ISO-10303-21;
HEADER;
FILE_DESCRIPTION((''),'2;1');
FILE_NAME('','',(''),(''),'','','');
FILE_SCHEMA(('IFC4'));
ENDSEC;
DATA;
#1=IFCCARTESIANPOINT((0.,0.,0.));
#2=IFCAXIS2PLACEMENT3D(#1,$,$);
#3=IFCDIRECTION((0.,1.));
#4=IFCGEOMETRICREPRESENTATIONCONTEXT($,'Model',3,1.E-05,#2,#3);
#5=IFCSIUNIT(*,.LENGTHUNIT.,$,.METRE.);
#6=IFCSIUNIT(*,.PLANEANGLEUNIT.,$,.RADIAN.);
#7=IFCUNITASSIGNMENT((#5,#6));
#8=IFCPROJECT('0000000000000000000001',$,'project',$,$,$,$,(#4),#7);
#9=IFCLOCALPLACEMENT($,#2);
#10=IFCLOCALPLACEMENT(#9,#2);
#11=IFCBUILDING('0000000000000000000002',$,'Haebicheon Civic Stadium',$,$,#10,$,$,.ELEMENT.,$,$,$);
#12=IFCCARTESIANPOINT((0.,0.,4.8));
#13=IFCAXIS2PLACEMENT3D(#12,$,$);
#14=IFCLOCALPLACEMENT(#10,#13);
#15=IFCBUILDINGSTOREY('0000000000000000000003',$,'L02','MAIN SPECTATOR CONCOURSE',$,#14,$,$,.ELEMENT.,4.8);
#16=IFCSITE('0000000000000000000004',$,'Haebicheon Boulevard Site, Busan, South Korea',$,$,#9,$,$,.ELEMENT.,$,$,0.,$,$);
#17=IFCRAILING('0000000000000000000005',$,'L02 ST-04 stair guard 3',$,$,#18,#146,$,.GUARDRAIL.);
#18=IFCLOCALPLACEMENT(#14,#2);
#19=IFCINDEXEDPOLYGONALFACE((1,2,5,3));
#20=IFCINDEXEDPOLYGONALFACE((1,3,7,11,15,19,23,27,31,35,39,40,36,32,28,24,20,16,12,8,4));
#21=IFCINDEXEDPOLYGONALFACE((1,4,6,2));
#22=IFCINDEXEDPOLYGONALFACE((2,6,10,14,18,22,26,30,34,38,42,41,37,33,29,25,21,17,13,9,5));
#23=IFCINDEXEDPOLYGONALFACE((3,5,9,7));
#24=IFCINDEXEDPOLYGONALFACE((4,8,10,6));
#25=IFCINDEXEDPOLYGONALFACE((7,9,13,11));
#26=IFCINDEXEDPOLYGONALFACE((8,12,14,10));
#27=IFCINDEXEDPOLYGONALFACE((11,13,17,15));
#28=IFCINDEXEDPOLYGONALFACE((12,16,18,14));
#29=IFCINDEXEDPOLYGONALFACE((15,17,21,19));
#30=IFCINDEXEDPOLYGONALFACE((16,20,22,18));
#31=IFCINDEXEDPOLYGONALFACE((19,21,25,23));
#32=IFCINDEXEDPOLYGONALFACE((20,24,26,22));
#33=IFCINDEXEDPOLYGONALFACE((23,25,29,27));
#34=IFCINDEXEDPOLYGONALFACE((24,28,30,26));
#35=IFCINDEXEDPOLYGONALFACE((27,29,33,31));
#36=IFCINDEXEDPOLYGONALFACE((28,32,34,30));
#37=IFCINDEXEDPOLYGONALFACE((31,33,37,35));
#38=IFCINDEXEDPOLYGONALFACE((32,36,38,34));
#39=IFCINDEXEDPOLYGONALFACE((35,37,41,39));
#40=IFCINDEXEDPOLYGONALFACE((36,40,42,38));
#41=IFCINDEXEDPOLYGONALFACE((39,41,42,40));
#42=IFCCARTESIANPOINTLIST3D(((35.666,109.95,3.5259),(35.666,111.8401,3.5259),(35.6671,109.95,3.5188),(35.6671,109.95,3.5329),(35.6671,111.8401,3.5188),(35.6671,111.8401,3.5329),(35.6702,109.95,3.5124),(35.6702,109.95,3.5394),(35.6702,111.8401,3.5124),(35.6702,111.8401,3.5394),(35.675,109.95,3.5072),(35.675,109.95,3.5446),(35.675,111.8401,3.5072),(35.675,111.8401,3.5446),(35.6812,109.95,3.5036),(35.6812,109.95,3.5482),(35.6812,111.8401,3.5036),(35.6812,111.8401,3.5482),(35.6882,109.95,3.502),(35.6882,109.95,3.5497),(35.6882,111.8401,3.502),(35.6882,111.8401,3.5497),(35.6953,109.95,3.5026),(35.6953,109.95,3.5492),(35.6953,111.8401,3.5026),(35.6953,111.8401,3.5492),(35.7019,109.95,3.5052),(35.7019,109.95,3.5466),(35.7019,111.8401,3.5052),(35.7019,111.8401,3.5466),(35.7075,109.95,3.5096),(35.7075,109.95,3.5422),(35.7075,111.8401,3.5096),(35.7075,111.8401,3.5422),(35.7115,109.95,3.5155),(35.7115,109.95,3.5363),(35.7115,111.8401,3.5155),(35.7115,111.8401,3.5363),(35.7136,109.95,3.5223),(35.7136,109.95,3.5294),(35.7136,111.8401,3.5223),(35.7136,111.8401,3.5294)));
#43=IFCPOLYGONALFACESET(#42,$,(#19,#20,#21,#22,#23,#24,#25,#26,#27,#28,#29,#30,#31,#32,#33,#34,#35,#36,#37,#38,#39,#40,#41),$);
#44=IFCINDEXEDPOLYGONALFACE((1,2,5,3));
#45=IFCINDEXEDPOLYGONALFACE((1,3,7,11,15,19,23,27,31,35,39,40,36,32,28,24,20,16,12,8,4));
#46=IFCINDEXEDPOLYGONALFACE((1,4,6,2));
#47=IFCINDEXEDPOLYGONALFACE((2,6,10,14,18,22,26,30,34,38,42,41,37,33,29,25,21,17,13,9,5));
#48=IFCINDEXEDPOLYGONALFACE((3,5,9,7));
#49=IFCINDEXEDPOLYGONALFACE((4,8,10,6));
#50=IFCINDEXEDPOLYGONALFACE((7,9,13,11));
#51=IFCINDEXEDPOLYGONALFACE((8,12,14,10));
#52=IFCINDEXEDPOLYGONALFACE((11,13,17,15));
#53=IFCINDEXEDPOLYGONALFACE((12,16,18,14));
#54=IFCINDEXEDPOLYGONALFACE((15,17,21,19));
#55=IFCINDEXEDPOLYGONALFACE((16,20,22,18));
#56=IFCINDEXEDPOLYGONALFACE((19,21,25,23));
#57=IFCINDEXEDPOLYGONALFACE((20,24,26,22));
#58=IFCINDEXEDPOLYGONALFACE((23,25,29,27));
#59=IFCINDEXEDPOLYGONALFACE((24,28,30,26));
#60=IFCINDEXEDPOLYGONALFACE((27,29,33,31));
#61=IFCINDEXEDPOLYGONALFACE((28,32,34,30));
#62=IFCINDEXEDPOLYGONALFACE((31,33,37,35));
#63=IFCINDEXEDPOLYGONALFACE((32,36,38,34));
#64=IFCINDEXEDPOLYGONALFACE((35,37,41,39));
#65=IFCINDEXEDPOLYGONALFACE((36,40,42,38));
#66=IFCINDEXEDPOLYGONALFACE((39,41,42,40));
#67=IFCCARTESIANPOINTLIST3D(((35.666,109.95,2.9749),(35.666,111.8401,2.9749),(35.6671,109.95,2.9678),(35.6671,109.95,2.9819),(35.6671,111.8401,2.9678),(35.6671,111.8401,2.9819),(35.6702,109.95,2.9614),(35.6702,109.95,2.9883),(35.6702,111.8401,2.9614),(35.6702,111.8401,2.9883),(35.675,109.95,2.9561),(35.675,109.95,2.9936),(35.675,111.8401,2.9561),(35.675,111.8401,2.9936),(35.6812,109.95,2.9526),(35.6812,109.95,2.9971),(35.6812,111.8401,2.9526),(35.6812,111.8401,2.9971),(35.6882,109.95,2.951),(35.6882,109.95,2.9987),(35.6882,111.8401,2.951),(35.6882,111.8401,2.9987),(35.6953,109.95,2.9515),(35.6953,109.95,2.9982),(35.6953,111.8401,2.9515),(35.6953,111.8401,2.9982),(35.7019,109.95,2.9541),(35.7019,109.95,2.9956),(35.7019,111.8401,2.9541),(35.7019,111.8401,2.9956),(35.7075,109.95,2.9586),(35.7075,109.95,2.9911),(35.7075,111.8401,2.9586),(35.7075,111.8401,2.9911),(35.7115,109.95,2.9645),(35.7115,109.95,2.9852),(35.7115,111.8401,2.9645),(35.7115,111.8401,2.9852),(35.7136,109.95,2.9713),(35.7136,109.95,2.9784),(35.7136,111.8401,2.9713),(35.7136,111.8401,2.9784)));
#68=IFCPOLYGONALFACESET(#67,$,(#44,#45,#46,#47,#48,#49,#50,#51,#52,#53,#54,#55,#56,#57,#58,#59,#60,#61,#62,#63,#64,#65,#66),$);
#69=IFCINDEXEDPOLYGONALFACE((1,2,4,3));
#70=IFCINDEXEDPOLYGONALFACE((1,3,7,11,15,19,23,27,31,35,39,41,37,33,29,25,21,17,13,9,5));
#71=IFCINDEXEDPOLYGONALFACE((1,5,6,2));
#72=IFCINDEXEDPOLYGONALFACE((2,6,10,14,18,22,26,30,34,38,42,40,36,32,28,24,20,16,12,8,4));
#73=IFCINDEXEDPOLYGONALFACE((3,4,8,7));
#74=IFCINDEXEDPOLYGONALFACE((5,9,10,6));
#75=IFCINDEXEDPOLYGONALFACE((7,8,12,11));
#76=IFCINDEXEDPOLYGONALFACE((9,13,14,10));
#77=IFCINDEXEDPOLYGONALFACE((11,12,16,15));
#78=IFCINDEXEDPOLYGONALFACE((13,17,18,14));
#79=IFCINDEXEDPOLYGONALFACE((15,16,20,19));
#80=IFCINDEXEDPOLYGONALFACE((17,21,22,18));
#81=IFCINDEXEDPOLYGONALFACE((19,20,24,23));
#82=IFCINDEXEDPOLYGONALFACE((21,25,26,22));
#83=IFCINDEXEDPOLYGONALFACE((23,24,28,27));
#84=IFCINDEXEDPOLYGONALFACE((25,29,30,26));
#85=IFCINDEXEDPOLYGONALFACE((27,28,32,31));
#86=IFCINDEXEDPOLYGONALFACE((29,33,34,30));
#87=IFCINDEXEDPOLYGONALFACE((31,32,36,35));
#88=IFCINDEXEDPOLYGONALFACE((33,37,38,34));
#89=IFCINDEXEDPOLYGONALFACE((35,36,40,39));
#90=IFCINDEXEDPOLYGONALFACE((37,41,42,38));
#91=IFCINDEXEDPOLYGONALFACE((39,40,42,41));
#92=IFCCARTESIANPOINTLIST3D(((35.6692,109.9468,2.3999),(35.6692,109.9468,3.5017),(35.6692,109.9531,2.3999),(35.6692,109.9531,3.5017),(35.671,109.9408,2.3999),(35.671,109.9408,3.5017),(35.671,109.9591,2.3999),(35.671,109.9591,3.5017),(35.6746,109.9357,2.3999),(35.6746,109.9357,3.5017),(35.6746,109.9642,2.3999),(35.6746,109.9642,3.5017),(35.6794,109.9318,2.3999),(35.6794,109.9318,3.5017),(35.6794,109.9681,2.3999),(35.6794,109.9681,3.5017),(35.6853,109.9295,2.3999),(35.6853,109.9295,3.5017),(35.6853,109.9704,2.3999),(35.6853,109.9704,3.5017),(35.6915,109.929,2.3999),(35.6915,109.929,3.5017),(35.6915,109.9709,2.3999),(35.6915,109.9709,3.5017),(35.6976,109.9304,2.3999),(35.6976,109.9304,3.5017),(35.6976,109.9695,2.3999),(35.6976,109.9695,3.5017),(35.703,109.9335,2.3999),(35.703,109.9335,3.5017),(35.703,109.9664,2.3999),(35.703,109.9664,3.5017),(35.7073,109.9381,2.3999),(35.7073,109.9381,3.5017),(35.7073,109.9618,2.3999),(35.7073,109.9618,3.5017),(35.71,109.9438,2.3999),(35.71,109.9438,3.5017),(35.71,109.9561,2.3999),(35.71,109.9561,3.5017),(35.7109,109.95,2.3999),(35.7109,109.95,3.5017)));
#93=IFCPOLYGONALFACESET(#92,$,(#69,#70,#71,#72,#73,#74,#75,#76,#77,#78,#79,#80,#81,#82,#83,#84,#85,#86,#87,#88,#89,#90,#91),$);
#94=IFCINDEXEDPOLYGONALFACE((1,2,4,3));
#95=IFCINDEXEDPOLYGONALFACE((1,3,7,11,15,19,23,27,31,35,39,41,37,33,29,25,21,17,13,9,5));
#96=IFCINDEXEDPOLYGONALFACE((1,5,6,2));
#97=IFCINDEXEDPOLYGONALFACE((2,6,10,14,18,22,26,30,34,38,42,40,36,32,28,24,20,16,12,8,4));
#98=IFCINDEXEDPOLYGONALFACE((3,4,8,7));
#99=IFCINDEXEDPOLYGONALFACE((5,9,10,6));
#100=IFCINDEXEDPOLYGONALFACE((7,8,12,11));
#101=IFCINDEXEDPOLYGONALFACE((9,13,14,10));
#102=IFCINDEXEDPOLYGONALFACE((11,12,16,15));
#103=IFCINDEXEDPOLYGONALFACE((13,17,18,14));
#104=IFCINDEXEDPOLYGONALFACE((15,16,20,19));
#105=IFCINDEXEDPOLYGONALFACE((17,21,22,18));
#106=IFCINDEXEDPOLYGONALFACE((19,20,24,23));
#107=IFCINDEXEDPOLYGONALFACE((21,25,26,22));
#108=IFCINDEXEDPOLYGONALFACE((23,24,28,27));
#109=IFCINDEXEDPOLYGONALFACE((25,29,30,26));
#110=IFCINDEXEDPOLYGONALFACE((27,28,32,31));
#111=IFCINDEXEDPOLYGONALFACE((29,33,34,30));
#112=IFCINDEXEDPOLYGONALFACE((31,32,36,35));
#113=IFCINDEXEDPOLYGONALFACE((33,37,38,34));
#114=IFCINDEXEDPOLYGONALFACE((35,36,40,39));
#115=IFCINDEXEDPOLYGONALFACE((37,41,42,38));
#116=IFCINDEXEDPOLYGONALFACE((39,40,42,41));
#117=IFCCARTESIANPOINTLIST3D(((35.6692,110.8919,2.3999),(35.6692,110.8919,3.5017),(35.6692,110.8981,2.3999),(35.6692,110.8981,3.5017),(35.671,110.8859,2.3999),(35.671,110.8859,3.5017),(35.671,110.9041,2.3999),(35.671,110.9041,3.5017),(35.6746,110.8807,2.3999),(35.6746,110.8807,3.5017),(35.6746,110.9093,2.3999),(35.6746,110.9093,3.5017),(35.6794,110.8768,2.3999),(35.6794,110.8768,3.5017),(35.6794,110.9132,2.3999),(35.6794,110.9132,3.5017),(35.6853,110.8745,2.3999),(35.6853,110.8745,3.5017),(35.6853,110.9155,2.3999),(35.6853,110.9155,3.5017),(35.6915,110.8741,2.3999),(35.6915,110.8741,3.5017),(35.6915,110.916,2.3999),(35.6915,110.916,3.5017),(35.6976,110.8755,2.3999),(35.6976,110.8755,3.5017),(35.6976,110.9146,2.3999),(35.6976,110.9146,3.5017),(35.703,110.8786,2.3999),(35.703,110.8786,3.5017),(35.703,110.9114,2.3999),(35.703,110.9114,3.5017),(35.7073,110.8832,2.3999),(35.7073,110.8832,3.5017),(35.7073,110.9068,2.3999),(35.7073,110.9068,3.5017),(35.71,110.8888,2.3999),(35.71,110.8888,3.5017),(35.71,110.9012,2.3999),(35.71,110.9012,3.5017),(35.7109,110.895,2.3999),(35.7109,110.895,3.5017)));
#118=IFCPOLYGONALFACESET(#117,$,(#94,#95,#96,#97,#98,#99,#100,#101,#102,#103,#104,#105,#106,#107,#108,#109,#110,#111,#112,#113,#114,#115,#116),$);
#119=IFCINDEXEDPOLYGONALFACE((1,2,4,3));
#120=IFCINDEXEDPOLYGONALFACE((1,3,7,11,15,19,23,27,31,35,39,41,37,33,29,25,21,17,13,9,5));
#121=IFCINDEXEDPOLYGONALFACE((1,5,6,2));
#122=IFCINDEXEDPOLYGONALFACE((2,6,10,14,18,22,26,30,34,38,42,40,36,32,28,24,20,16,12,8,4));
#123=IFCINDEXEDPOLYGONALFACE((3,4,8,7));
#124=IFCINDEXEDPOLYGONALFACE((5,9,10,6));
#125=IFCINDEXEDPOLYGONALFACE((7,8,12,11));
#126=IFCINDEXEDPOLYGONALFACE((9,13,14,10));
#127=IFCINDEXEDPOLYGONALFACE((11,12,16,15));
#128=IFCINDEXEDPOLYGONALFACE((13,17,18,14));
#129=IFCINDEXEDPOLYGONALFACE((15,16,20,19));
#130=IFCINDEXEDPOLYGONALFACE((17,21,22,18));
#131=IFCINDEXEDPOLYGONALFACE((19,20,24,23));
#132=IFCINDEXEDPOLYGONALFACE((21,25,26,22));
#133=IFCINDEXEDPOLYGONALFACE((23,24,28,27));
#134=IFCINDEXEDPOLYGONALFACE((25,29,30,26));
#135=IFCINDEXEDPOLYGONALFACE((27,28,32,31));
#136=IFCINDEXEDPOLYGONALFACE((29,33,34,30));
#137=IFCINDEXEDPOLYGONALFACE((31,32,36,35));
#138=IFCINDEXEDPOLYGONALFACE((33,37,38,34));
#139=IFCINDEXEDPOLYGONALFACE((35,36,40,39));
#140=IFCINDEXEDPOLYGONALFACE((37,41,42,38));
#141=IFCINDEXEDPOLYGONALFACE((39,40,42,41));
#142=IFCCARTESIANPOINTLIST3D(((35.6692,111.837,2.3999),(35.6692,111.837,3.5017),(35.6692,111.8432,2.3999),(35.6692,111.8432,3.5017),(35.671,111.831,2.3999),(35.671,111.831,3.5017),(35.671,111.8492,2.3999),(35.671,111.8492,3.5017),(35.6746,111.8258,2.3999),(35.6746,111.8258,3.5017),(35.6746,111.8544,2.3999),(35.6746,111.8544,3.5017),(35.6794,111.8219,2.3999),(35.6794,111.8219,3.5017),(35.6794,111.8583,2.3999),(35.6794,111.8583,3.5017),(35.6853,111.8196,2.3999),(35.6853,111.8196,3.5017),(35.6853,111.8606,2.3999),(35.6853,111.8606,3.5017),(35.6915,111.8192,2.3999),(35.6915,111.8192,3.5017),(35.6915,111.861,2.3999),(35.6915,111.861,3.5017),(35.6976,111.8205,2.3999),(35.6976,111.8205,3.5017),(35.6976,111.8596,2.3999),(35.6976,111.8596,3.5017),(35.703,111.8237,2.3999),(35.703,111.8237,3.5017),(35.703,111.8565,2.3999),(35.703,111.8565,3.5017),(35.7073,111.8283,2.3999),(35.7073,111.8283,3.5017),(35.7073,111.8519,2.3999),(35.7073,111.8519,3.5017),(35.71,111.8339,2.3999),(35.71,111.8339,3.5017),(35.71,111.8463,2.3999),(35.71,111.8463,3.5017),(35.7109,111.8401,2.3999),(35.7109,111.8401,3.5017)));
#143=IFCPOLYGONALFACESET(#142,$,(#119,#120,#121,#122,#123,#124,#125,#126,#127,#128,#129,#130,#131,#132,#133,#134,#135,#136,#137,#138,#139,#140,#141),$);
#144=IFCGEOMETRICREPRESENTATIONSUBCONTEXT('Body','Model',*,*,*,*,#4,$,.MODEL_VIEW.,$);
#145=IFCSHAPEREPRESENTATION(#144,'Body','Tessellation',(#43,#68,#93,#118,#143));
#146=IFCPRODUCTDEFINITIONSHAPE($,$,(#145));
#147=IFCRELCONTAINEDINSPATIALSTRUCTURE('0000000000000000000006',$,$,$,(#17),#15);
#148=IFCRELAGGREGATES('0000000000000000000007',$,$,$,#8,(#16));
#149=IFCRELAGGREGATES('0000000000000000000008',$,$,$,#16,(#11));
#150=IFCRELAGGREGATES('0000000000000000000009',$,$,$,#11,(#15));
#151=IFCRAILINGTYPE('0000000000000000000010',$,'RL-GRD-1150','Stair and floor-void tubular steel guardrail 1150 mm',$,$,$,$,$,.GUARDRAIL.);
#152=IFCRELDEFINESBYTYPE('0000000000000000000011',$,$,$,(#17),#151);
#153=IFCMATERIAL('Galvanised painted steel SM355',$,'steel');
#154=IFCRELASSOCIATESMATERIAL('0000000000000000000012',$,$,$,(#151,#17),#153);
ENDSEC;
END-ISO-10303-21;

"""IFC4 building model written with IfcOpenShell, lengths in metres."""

from ifc_helpers import new_model, si_unit, direction, frame, origin, origin_2d, place, context, subcontext, project, spatial, circle, extrude, material, type_object, element, save


model = new_model("IFC4")

# Units and contexts
model_context = context("Model", 3, precision=1e-05, world=origin(), true_north=direction((0.0, 1.0)))
body_context = subcontext(model_context, "Body", "Model", "MODEL_VIEW")
ifc_project = project(units=[si_unit("LENGTHUNIT", "METRE"), si_unit("PLANEANGLEUNIT", "RADIAN")], contexts=[model_context])

# Site, building, storey
site_placement = place(None, origin())
site = spatial("IfcSite", under=ifc_project, at=site_placement, Name="Haebicheon Boulevard Site, Busan, South Korea", CompositionType="ELEMENT", RefElevation=0.0)
building_placement = place(site_placement, origin())
building = spatial("IfcBuilding", under=site, at=building_placement, Name="Haebicheon Civic Stadium", CompositionType="ELEMENT")
storey_placement = place(building_placement, frame((0.0, 0.0, 4.8)))
storey = spatial("IfcBuildingStorey", under=building, at=storey_placement, Name="L02", Description="MAIN SPECTATOR CONCOURSE", CompositionType="ELEMENT", Elevation=4.8)

# Railing
ifc_material_1 = material(Name="Galvanised painted steel SM355", Category="steel")
railing_type_1 = type_object("IfcRailingType", Name="RL-GRD-1150", Description="Stair and floor-void tubular steel guardrail 1150 mm", PredefinedType="GUARDRAIL", material=ifc_material_1)
for number, where, name in (
    (1, (35.6899, 109.95, 2.3999), "L02 ST-04 stair guard 3"),
):
    element("IfcRailing", number, at=place(storey_placement, frame(where)), inside=storey, type_object=railing_type_1, material=ifc_material_1, Name=name, PredefinedType="GUARDRAIL", context=body_context, shape_type="SweptSolid", body=[
        extrude(circle(Radius=0.0239, at=origin_2d()), frame((0.0, 0.0, 1.126), z_axis=(0.0, 1.0, 0.0), x_axis=(-1.0, 0.0, 0.0)), (0.0, 0.0, 1.0), 1.8901),
        extrude(circle(Radius=0.0239, at=origin_2d()), frame((0.0, 0.0, 0.575), z_axis=(0.0, 1.0, 0.0), x_axis=(-1.0, 0.0, 0.0)), (0.0, 0.0, 1.0), 1.8901),
        extrude(circle(Radius=0.021, at=origin_2d()), origin(), (0.0, 0.0, 1.0), 1.1018),
        extrude(circle(Radius=0.021, at=origin_2d()), frame((0.0, 0.9451, 0.0)), (0.0, 0.0, 1.0), 1.1018),
        extrude(circle(Radius=0.021, at=origin_2d()), frame((0.0, 1.8901, 0.0)), (0.0, 0.0, 1.0), 1.1018),
    ])

save(model, "model.ifc")
